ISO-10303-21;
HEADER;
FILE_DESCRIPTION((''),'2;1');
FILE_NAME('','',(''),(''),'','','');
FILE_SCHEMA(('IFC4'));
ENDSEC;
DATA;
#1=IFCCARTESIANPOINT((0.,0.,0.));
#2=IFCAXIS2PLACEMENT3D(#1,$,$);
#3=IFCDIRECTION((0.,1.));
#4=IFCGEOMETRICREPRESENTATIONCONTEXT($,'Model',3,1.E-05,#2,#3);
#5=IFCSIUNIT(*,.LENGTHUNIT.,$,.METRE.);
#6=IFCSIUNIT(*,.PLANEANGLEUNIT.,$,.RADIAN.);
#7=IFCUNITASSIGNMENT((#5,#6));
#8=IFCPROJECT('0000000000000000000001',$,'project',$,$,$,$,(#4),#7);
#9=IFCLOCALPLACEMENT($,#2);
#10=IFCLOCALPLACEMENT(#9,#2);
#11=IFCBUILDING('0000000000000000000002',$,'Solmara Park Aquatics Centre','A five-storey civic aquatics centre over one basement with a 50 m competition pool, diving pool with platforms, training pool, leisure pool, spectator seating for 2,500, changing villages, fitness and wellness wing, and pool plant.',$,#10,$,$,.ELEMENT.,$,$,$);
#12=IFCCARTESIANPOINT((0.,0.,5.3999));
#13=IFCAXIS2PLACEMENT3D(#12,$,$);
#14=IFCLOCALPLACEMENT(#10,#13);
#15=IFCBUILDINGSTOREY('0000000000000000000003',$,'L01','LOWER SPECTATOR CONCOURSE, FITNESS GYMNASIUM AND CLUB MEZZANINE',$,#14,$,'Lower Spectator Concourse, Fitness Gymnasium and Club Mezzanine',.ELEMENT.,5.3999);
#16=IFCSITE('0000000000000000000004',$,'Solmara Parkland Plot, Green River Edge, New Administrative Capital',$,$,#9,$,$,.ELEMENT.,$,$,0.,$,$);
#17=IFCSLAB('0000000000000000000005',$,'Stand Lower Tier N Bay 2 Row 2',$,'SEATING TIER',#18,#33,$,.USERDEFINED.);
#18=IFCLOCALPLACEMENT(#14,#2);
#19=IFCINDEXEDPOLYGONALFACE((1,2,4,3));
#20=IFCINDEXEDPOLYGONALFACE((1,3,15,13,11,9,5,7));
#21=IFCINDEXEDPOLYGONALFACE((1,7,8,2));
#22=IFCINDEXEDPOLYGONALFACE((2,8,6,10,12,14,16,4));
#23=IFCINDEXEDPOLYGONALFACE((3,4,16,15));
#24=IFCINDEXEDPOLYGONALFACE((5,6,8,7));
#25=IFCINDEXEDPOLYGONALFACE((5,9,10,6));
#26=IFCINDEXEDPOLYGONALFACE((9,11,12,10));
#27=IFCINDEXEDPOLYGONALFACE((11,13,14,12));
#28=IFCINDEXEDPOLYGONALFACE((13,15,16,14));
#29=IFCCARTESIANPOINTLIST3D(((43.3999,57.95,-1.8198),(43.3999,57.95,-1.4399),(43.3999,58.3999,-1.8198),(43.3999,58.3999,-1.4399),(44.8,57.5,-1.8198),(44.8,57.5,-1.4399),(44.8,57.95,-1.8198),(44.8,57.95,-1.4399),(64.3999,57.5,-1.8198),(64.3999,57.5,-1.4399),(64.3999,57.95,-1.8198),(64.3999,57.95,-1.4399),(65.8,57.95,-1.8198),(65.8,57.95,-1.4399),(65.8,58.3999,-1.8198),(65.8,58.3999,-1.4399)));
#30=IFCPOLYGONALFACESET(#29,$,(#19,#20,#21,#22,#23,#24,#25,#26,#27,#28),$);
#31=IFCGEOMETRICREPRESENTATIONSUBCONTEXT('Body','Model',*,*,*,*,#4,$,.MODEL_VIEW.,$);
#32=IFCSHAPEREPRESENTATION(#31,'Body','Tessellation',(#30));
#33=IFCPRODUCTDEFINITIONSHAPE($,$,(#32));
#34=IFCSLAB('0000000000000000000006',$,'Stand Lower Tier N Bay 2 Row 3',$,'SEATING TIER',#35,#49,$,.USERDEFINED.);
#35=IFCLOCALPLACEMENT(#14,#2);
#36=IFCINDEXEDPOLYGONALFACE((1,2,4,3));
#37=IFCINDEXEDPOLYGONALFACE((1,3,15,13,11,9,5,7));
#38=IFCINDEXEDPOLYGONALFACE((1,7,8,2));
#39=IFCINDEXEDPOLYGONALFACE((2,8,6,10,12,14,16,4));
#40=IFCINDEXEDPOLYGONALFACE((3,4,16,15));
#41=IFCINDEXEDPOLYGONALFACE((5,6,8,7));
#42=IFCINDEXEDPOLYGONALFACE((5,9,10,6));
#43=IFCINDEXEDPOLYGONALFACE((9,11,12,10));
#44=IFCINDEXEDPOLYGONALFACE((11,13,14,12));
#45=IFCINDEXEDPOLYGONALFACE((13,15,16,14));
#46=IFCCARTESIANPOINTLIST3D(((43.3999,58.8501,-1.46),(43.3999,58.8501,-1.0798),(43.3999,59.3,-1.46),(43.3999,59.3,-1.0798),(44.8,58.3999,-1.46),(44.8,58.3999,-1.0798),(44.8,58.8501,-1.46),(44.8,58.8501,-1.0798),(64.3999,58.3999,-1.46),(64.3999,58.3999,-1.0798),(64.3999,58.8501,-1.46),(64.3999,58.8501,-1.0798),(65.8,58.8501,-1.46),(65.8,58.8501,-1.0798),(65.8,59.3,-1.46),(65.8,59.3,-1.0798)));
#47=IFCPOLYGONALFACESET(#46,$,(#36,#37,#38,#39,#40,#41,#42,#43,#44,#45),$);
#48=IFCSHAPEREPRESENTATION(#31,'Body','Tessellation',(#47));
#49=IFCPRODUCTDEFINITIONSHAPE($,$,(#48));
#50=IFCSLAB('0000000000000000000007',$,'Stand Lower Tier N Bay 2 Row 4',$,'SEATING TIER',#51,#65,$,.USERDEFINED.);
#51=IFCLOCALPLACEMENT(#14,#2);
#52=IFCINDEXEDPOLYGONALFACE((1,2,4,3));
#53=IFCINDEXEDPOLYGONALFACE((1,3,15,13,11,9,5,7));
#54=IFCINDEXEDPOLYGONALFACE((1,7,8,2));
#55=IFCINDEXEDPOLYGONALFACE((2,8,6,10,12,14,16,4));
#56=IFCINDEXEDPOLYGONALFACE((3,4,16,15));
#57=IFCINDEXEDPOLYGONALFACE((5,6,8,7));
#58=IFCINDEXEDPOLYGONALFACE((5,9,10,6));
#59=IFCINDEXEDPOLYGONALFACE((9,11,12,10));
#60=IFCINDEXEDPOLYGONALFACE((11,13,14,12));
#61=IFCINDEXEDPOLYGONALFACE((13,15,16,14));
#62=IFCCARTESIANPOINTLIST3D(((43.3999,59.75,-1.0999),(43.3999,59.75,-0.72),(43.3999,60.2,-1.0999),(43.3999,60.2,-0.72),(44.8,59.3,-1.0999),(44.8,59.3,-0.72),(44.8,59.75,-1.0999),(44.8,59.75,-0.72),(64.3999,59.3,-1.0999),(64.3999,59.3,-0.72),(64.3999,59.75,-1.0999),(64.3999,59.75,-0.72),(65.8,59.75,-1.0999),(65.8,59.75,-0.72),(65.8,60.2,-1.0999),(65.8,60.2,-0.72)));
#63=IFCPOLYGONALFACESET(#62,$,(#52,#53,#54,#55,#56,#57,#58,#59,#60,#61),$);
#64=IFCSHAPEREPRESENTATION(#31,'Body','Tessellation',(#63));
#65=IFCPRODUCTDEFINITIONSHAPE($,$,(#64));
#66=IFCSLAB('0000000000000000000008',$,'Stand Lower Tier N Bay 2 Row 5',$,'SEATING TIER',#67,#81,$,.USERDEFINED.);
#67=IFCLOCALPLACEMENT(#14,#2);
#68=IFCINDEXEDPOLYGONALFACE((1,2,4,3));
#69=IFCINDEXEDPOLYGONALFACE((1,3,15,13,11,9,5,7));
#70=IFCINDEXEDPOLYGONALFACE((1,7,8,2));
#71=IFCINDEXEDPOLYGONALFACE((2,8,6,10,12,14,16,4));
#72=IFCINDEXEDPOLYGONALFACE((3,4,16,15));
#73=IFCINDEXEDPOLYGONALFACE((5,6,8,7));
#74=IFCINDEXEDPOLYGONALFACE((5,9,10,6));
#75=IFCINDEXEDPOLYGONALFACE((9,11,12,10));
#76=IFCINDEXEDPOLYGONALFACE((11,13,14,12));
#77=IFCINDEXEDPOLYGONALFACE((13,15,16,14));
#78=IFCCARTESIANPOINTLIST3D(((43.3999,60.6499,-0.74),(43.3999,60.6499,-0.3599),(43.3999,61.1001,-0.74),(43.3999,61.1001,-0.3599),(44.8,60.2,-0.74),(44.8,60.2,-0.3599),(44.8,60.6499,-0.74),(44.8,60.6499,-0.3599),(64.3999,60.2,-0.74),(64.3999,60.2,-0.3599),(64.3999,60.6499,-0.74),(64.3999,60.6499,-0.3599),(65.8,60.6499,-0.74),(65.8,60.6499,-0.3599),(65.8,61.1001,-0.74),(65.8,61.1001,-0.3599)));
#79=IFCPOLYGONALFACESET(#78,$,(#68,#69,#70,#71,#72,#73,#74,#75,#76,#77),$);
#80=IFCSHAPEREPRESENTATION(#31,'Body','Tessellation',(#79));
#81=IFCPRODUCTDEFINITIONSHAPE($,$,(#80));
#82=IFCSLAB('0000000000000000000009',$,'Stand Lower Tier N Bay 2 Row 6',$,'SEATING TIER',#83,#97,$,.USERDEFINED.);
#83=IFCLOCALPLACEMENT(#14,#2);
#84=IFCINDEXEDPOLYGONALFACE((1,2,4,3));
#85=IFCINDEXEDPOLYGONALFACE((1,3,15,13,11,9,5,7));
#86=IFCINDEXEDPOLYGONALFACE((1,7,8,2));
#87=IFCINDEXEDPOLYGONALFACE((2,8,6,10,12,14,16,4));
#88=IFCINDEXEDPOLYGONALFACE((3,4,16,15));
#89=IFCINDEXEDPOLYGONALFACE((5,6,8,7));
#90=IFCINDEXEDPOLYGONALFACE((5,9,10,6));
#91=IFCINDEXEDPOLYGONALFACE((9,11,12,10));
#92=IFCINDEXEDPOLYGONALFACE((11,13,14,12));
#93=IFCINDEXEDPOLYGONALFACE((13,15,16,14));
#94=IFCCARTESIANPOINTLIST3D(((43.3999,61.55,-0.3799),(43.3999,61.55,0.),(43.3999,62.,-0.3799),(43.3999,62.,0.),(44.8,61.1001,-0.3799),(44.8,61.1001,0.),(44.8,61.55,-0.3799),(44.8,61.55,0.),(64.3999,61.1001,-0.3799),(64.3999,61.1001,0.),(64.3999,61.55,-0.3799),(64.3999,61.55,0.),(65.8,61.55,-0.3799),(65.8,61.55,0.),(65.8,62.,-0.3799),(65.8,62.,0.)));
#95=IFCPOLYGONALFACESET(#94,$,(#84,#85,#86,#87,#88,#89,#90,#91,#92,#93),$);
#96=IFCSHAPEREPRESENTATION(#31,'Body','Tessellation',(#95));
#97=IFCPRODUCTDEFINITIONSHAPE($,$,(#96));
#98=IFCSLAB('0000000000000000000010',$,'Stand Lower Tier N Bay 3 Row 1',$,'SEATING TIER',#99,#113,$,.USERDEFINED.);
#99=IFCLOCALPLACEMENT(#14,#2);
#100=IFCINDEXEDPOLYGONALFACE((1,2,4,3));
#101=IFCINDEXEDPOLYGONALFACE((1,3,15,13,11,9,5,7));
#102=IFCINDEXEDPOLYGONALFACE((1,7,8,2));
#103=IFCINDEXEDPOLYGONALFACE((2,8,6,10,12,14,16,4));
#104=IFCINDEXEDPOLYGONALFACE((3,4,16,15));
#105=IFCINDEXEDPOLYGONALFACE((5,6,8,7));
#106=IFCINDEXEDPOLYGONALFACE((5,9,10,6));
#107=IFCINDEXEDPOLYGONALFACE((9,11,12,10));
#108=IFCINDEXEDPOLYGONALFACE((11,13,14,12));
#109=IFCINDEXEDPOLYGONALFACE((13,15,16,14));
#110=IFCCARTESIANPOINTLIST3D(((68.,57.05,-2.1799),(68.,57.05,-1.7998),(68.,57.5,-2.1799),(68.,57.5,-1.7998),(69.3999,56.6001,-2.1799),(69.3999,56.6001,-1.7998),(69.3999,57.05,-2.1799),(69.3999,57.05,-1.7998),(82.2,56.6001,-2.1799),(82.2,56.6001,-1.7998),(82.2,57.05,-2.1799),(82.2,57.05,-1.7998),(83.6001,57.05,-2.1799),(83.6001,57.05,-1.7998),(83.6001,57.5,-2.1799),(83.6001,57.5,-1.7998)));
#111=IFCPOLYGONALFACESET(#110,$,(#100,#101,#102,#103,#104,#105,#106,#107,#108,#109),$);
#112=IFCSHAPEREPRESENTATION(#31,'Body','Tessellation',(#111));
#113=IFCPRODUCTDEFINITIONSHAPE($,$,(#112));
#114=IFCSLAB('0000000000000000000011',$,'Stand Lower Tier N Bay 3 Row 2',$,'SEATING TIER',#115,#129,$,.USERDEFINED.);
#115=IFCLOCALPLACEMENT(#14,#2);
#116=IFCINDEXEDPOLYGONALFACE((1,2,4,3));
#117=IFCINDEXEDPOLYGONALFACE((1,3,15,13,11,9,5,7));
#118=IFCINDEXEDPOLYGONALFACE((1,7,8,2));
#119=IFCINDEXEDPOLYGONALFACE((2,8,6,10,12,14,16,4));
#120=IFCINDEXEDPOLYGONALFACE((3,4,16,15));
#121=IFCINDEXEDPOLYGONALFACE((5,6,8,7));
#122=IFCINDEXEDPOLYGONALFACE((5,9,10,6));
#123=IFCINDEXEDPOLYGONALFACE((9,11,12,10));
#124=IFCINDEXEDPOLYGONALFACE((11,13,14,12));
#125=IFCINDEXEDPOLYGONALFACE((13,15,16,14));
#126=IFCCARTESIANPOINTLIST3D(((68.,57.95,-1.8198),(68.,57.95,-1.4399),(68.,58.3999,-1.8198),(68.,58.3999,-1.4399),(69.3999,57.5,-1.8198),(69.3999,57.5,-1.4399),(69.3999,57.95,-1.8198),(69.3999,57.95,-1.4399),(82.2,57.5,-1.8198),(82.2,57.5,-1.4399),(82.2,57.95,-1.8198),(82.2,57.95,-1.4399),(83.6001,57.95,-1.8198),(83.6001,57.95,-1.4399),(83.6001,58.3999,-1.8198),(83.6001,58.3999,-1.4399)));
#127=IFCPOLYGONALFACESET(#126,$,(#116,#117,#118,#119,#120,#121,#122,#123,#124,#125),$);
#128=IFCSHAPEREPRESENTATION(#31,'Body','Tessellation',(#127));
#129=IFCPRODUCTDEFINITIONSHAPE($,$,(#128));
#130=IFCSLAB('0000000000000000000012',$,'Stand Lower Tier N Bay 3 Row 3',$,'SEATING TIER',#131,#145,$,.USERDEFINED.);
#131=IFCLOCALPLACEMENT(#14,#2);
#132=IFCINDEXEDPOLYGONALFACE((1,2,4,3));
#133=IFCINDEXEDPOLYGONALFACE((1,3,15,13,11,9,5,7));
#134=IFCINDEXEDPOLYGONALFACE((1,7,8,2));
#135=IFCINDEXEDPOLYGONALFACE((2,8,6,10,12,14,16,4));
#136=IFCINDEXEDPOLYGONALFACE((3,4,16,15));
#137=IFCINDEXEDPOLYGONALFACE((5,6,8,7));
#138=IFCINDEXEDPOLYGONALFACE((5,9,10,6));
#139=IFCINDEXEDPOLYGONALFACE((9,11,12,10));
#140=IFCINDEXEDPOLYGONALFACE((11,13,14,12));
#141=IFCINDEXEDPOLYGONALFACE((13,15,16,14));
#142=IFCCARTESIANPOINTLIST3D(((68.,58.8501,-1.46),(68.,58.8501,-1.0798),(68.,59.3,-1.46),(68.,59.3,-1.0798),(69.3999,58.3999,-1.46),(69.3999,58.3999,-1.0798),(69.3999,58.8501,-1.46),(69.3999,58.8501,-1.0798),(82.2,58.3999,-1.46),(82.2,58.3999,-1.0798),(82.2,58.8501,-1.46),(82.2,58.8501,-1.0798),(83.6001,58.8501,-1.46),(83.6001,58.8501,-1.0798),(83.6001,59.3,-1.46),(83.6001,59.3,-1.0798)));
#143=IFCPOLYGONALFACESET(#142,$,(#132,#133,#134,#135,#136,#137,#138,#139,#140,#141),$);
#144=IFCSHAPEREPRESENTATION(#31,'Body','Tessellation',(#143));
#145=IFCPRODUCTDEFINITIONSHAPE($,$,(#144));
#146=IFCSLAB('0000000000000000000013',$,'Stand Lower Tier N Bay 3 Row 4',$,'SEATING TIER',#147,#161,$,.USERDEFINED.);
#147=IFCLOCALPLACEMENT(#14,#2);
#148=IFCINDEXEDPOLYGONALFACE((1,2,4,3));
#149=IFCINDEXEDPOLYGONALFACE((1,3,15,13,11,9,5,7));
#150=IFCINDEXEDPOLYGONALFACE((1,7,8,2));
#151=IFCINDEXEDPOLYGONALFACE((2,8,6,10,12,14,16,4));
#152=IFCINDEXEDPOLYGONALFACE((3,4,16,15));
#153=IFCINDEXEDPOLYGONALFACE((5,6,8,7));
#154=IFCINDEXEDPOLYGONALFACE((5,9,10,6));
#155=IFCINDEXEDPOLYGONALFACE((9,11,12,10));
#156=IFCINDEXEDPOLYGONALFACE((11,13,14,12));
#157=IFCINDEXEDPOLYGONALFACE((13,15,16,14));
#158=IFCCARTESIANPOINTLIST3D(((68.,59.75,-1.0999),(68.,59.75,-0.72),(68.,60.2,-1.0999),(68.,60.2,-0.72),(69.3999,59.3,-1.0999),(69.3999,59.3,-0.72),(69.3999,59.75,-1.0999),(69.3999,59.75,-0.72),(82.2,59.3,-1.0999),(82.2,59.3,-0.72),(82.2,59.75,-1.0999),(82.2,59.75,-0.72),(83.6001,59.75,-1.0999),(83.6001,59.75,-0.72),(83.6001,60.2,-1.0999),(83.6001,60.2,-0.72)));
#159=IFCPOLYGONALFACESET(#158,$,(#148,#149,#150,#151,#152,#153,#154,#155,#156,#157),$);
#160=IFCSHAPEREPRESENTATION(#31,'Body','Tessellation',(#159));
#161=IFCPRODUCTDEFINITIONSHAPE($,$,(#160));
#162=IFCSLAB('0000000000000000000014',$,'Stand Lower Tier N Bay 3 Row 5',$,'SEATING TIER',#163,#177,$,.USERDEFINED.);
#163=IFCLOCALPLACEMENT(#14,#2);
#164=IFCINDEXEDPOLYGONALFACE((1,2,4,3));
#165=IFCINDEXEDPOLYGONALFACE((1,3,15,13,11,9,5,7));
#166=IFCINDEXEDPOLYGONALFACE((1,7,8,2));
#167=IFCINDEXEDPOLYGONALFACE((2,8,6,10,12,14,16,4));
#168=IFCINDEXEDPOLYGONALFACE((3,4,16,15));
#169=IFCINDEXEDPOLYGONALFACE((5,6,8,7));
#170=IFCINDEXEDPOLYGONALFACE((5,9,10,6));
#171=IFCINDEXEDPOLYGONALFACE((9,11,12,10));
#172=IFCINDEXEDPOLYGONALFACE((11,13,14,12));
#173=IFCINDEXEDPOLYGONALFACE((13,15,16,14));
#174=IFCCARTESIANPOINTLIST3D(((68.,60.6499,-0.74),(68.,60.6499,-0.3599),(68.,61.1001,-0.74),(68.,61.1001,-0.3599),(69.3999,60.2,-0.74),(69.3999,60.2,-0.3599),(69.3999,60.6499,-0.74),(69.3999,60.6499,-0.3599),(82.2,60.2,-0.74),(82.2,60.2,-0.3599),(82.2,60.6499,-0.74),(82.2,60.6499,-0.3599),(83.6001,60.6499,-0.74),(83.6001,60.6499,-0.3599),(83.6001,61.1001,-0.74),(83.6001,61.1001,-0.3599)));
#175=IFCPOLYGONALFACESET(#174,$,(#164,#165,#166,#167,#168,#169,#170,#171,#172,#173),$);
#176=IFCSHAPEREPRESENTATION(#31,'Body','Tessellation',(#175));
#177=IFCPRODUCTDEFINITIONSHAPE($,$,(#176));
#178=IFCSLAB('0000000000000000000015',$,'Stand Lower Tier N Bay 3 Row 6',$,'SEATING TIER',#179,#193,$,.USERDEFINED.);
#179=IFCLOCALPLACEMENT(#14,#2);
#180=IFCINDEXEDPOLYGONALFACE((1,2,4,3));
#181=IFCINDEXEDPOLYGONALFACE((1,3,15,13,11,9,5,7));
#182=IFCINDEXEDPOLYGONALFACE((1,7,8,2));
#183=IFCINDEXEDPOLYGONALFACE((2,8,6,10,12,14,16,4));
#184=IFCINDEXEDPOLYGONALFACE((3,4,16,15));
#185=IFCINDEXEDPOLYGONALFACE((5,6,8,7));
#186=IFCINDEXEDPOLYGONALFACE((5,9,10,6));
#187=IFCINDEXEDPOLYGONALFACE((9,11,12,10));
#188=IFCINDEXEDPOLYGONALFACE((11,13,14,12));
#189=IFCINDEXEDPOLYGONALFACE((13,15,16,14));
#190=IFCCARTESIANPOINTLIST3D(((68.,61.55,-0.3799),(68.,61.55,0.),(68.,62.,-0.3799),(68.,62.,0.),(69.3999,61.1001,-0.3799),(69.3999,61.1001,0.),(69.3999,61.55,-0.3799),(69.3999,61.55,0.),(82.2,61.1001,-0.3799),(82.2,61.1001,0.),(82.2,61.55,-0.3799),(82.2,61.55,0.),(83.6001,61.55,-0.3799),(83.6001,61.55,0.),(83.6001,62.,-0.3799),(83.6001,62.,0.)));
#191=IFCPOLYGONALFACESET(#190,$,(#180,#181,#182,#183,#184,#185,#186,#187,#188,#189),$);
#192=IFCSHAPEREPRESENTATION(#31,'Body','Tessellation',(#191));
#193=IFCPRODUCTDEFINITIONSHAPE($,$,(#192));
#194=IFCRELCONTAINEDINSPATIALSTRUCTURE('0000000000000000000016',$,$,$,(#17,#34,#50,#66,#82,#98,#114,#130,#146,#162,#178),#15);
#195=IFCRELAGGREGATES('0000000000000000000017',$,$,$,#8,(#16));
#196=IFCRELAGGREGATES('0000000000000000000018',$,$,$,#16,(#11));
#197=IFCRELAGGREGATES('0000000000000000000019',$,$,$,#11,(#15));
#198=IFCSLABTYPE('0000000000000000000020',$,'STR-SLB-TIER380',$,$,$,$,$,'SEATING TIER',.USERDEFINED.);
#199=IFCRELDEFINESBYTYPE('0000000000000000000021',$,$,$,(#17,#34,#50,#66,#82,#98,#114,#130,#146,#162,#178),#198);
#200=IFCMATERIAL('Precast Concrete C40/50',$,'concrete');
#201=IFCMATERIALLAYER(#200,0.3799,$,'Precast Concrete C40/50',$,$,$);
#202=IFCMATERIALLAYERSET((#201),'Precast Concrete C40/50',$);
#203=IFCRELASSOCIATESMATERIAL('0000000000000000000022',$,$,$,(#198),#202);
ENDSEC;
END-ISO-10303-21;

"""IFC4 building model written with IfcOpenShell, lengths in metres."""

from ifc_helpers import new_model, si_unit, direction, frame, origin, place, context, subcontext, project, spatial, polyline, outline, extrude, material, layer, layer_set, type_object, element, save


model = new_model("IFC4")

# Units and contexts
model_context = context("Model", 3, precision=1e-05, world=origin(), true_north=direction((0.0, 1.0)))
body_context = subcontext(model_context, "Body", "Model", "MODEL_VIEW")
ifc_project = project(units=[si_unit("LENGTHUNIT", "METRE"), si_unit("PLANEANGLEUNIT", "RADIAN")], contexts=[model_context])

# Site, building, storey
site_placement = place(None, origin())
site = spatial("IfcSite", under=ifc_project, at=site_placement, Name="Solmara Parkland Plot, Green River Edge, New Administrative Capital", CompositionType="ELEMENT", RefElevation=0.0)
building_placement = place(site_placement, origin())
building = spatial("IfcBuilding", under=site, at=building_placement, Name="Solmara Park Aquatics Centre", Description="A five-storey civic aquatics centre over one basement with a 50 m competition pool, diving pool with platforms, training pool, leisure pool, spectator seating for 2,500, changing villages, fitness and wellness wing, and pool plant.", CompositionType="ELEMENT")
storey_placement = place(building_placement, frame((0.0, 0.0, 5.3999)))
storey = spatial("IfcBuildingStorey", under=building, at=storey_placement, Name="L01", Description="LOWER SPECTATOR CONCOURSE, FITNESS GYMNASIUM AND CLUB MEZZANINE", LongName="Lower Spectator Concourse, Fitness Gymnasium and Club Mezzanine", CompositionType="ELEMENT", Elevation=5.3999)

# Slabs
ifc_material_1 = material(Name="Precast Concrete C40/50", Category="concrete")
ifc_layer_1 = layer(ifc_material_1, 0.3799, Name="Precast Concrete C40/50")
ifc_layer_set_1 = layer_set([ifc_layer_1], Name="Precast Concrete C40/50")
slab_type_1 = type_object("IfcSlabType", Name="STR-SLB-TIER380", ElementType="SEATING TIER", PredefinedType="USERDEFINED", material=ifc_layer_set_1)
slab_1_placement = place(storey_placement, frame((0.0, 0.0, -1.8198)))
element("IfcSlab", 1, at=slab_1_placement, inside=storey, type_object=slab_type_1, Name="Stand Lower Tier N Bay 2 Row 2", ObjectType="SEATING TIER", PredefinedType="USERDEFINED", context=body_context, shape_type="SweptSolid", body=[
    extrude(outline(polyline([(44.8, 57.5), (64.3999, 57.5), (64.3999, 57.95), (65.8, 57.95), (65.8, 58.3999), (43.3999, 58.3999), (43.3999, 57.95), (44.8, 57.95), (44.8, 57.5)])), origin(), (0.0, 0.0, 1.0), 0.3799),
])
slab_2_placement = place(storey_placement, frame((0.0, 0.0, -1.46)))
element("IfcSlab", 2, at=slab_2_placement, inside=storey, type_object=slab_type_1, Name="Stand Lower Tier N Bay 2 Row 3", ObjectType="SEATING TIER", PredefinedType="USERDEFINED", context=body_context, shape_type="SweptSolid", body=[
    extrude(outline(polyline([(44.8, 58.3999), (64.3999, 58.3999), (64.3999, 58.8501), (65.8, 58.8501), (65.8, 59.3), (43.3999, 59.3), (43.3999, 58.8501), (44.8, 58.8501), (44.8, 58.3999)])), origin(), (0.0, 0.0, 1.0), 0.3801),
])
slab_3_placement = place(storey_placement, frame((0.0, 0.0, -1.0999)))
element("IfcSlab", 3, at=slab_3_placement, inside=storey, type_object=slab_type_1, Name="Stand Lower Tier N Bay 2 Row 4", ObjectType="SEATING TIER", PredefinedType="USERDEFINED", context=body_context, shape_type="SweptSolid", body=[
    extrude(outline(polyline([(44.8, 59.3), (64.3999, 59.3), (64.3999, 59.75), (65.8, 59.75), (65.8, 60.2), (43.3999, 60.2), (43.3999, 59.75), (44.8, 59.75), (44.8, 59.3)])), origin(), (0.0, 0.0, 1.0), 0.3799),
])
slab_4_placement = place(storey_placement, frame((0.0, 0.0, -0.74)))
element("IfcSlab", 4, at=slab_4_placement, inside=storey, type_object=slab_type_1, Name="Stand Lower Tier N Bay 2 Row 5", ObjectType="SEATING TIER", PredefinedType="USERDEFINED", context=body_context, shape_type="SweptSolid", body=[
    extrude(outline(polyline([(44.8, 60.2), (64.3999, 60.2), (64.3999, 60.6499), (65.8, 60.6499), (65.8, 61.1001), (43.3999, 61.1001), (43.3999, 60.6499), (44.8, 60.6499), (44.8, 60.2)])), origin(), (0.0, 0.0, 1.0), 0.3801),
])
slab_5_placement = place(storey_placement, frame((0.0, 0.0, -0.3799)))
element("IfcSlab", 5, at=slab_5_placement, inside=storey, type_object=slab_type_1, Name="Stand Lower Tier N Bay 2 Row 6", ObjectType="SEATING TIER", PredefinedType="USERDEFINED", context=body_context, shape_type="SweptSolid", body=[
    extrude(outline(polyline([(44.8, 61.1001), (64.3999, 61.1001), (64.3999, 61.55), (65.8, 61.55), (65.8, 62.0), (43.3999, 62.0), (43.3999, 61.55), (44.8, 61.55), (44.8, 61.1001)])), origin(), (0.0, 0.0, 1.0), 0.3799),
])
slab_6_placement = place(storey_placement, frame((0.0, 0.0, -2.1799)))
element("IfcSlab", 6, at=slab_6_placement, inside=storey, type_object=slab_type_1, Name="Stand Lower Tier N Bay 3 Row 1", ObjectType="SEATING TIER", PredefinedType="USERDEFINED", context=body_context, shape_type="SweptSolid", body=[
    extrude(outline(polyline([(69.3999, 56.6001), (82.2, 56.6001), (82.2, 57.05), (83.6001, 57.05), (83.6001, 57.5), (68.0, 57.5), (68.0, 57.05), (69.3999, 57.05), (69.3999, 56.6001)])), origin(), (0.0, 0.0, 1.0), 0.3801),
])
slab_7_placement = place(storey_placement, frame((0.0, 0.0, -1.8198)))
element("IfcSlab", 7, at=slab_7_placement, inside=storey, type_object=slab_type_1, Name="Stand Lower Tier N Bay 3 Row 2", ObjectType="SEATING TIER", PredefinedType="USERDEFINED", context=body_context, shape_type="SweptSolid", body=[
    extrude(outline(polyline([(69.3999, 57.5), (82.2, 57.5), (82.2, 57.95), (83.6001, 57.95), (83.6001, 58.3999), (68.0, 58.3999), (68.0, 57.95), (69.3999, 57.95), (69.3999, 57.5)])), origin(), (0.0, 0.0, 1.0), 0.3799),
])
slab_8_placement = place(storey_placement, frame((0.0, 0.0, -1.46)))
element("IfcSlab", 8, at=slab_8_placement, inside=storey, type_object=slab_type_1, Name="Stand Lower Tier N Bay 3 Row 3", ObjectType="SEATING TIER", PredefinedType="USERDEFINED", context=body_context, shape_type="SweptSolid", body=[
    extrude(outline(polyline([(69.3999, 58.3999), (82.2, 58.3999), (82.2, 58.8501), (83.6001, 58.8501), (83.6001, 59.3), (68.0, 59.3), (68.0, 58.8501), (69.3999, 58.8501), (69.3999, 58.3999)])), origin(), (0.0, 0.0, 1.0), 0.3801),
])
slab_9_placement = place(storey_placement, frame((0.0, 0.0, -1.0999)))
element("IfcSlab", 9, at=slab_9_placement, inside=storey, type_object=slab_type_1, Name="Stand Lower Tier N Bay 3 Row 4", ObjectType="SEATING TIER", PredefinedType="USERDEFINED", context=body_context, shape_type="SweptSolid", body=[
    extrude(outline(polyline([(69.3999, 59.3), (82.2, 59.3), (82.2, 59.75), (83.6001, 59.75), (83.6001, 60.2), (68.0, 60.2), (68.0, 59.75), (69.3999, 59.75), (69.3999, 59.3)])), origin(), (0.0, 0.0, 1.0), 0.3799),
])
slab_10_placement = place(storey_placement, frame((0.0, 0.0, -0.74)))
element("IfcSlab", 10, at=slab_10_placement, inside=storey, type_object=slab_type_1, Name="Stand Lower Tier N Bay 3 Row 5", ObjectType="SEATING TIER", PredefinedType="USERDEFINED", context=body_context, shape_type="SweptSolid", body=[
    extrude(outline(polyline([(69.3999, 60.2), (82.2, 60.2), (82.2, 60.6499), (83.6001, 60.6499), (83.6001, 61.1001), (68.0, 61.1001), (68.0, 60.6499), (69.3999, 60.6499), (69.3999, 60.2)])), origin(), (0.0, 0.0, 1.0), 0.3801),
])
slab_11_placement = place(storey_placement, frame((0.0, 0.0, -0.3799)))
element("IfcSlab", 11, at=slab_11_placement, inside=storey, type_object=slab_type_1, Name="Stand Lower Tier N Bay 3 Row 6", ObjectType="SEATING TIER", PredefinedType="USERDEFINED", context=body_context, shape_type="SweptSolid", body=[
    extrude(outline(polyline([(69.3999, 61.1001), (82.2, 61.1001), (82.2, 61.55), (83.6001, 61.55), (83.6001, 62.0), (68.0, 62.0), (68.0, 61.55), (69.3999, 61.55), (69.3999, 61.1001)])), origin(), (0.0, 0.0, 1.0), 0.3799),
])

save(model, "model.ifc")
